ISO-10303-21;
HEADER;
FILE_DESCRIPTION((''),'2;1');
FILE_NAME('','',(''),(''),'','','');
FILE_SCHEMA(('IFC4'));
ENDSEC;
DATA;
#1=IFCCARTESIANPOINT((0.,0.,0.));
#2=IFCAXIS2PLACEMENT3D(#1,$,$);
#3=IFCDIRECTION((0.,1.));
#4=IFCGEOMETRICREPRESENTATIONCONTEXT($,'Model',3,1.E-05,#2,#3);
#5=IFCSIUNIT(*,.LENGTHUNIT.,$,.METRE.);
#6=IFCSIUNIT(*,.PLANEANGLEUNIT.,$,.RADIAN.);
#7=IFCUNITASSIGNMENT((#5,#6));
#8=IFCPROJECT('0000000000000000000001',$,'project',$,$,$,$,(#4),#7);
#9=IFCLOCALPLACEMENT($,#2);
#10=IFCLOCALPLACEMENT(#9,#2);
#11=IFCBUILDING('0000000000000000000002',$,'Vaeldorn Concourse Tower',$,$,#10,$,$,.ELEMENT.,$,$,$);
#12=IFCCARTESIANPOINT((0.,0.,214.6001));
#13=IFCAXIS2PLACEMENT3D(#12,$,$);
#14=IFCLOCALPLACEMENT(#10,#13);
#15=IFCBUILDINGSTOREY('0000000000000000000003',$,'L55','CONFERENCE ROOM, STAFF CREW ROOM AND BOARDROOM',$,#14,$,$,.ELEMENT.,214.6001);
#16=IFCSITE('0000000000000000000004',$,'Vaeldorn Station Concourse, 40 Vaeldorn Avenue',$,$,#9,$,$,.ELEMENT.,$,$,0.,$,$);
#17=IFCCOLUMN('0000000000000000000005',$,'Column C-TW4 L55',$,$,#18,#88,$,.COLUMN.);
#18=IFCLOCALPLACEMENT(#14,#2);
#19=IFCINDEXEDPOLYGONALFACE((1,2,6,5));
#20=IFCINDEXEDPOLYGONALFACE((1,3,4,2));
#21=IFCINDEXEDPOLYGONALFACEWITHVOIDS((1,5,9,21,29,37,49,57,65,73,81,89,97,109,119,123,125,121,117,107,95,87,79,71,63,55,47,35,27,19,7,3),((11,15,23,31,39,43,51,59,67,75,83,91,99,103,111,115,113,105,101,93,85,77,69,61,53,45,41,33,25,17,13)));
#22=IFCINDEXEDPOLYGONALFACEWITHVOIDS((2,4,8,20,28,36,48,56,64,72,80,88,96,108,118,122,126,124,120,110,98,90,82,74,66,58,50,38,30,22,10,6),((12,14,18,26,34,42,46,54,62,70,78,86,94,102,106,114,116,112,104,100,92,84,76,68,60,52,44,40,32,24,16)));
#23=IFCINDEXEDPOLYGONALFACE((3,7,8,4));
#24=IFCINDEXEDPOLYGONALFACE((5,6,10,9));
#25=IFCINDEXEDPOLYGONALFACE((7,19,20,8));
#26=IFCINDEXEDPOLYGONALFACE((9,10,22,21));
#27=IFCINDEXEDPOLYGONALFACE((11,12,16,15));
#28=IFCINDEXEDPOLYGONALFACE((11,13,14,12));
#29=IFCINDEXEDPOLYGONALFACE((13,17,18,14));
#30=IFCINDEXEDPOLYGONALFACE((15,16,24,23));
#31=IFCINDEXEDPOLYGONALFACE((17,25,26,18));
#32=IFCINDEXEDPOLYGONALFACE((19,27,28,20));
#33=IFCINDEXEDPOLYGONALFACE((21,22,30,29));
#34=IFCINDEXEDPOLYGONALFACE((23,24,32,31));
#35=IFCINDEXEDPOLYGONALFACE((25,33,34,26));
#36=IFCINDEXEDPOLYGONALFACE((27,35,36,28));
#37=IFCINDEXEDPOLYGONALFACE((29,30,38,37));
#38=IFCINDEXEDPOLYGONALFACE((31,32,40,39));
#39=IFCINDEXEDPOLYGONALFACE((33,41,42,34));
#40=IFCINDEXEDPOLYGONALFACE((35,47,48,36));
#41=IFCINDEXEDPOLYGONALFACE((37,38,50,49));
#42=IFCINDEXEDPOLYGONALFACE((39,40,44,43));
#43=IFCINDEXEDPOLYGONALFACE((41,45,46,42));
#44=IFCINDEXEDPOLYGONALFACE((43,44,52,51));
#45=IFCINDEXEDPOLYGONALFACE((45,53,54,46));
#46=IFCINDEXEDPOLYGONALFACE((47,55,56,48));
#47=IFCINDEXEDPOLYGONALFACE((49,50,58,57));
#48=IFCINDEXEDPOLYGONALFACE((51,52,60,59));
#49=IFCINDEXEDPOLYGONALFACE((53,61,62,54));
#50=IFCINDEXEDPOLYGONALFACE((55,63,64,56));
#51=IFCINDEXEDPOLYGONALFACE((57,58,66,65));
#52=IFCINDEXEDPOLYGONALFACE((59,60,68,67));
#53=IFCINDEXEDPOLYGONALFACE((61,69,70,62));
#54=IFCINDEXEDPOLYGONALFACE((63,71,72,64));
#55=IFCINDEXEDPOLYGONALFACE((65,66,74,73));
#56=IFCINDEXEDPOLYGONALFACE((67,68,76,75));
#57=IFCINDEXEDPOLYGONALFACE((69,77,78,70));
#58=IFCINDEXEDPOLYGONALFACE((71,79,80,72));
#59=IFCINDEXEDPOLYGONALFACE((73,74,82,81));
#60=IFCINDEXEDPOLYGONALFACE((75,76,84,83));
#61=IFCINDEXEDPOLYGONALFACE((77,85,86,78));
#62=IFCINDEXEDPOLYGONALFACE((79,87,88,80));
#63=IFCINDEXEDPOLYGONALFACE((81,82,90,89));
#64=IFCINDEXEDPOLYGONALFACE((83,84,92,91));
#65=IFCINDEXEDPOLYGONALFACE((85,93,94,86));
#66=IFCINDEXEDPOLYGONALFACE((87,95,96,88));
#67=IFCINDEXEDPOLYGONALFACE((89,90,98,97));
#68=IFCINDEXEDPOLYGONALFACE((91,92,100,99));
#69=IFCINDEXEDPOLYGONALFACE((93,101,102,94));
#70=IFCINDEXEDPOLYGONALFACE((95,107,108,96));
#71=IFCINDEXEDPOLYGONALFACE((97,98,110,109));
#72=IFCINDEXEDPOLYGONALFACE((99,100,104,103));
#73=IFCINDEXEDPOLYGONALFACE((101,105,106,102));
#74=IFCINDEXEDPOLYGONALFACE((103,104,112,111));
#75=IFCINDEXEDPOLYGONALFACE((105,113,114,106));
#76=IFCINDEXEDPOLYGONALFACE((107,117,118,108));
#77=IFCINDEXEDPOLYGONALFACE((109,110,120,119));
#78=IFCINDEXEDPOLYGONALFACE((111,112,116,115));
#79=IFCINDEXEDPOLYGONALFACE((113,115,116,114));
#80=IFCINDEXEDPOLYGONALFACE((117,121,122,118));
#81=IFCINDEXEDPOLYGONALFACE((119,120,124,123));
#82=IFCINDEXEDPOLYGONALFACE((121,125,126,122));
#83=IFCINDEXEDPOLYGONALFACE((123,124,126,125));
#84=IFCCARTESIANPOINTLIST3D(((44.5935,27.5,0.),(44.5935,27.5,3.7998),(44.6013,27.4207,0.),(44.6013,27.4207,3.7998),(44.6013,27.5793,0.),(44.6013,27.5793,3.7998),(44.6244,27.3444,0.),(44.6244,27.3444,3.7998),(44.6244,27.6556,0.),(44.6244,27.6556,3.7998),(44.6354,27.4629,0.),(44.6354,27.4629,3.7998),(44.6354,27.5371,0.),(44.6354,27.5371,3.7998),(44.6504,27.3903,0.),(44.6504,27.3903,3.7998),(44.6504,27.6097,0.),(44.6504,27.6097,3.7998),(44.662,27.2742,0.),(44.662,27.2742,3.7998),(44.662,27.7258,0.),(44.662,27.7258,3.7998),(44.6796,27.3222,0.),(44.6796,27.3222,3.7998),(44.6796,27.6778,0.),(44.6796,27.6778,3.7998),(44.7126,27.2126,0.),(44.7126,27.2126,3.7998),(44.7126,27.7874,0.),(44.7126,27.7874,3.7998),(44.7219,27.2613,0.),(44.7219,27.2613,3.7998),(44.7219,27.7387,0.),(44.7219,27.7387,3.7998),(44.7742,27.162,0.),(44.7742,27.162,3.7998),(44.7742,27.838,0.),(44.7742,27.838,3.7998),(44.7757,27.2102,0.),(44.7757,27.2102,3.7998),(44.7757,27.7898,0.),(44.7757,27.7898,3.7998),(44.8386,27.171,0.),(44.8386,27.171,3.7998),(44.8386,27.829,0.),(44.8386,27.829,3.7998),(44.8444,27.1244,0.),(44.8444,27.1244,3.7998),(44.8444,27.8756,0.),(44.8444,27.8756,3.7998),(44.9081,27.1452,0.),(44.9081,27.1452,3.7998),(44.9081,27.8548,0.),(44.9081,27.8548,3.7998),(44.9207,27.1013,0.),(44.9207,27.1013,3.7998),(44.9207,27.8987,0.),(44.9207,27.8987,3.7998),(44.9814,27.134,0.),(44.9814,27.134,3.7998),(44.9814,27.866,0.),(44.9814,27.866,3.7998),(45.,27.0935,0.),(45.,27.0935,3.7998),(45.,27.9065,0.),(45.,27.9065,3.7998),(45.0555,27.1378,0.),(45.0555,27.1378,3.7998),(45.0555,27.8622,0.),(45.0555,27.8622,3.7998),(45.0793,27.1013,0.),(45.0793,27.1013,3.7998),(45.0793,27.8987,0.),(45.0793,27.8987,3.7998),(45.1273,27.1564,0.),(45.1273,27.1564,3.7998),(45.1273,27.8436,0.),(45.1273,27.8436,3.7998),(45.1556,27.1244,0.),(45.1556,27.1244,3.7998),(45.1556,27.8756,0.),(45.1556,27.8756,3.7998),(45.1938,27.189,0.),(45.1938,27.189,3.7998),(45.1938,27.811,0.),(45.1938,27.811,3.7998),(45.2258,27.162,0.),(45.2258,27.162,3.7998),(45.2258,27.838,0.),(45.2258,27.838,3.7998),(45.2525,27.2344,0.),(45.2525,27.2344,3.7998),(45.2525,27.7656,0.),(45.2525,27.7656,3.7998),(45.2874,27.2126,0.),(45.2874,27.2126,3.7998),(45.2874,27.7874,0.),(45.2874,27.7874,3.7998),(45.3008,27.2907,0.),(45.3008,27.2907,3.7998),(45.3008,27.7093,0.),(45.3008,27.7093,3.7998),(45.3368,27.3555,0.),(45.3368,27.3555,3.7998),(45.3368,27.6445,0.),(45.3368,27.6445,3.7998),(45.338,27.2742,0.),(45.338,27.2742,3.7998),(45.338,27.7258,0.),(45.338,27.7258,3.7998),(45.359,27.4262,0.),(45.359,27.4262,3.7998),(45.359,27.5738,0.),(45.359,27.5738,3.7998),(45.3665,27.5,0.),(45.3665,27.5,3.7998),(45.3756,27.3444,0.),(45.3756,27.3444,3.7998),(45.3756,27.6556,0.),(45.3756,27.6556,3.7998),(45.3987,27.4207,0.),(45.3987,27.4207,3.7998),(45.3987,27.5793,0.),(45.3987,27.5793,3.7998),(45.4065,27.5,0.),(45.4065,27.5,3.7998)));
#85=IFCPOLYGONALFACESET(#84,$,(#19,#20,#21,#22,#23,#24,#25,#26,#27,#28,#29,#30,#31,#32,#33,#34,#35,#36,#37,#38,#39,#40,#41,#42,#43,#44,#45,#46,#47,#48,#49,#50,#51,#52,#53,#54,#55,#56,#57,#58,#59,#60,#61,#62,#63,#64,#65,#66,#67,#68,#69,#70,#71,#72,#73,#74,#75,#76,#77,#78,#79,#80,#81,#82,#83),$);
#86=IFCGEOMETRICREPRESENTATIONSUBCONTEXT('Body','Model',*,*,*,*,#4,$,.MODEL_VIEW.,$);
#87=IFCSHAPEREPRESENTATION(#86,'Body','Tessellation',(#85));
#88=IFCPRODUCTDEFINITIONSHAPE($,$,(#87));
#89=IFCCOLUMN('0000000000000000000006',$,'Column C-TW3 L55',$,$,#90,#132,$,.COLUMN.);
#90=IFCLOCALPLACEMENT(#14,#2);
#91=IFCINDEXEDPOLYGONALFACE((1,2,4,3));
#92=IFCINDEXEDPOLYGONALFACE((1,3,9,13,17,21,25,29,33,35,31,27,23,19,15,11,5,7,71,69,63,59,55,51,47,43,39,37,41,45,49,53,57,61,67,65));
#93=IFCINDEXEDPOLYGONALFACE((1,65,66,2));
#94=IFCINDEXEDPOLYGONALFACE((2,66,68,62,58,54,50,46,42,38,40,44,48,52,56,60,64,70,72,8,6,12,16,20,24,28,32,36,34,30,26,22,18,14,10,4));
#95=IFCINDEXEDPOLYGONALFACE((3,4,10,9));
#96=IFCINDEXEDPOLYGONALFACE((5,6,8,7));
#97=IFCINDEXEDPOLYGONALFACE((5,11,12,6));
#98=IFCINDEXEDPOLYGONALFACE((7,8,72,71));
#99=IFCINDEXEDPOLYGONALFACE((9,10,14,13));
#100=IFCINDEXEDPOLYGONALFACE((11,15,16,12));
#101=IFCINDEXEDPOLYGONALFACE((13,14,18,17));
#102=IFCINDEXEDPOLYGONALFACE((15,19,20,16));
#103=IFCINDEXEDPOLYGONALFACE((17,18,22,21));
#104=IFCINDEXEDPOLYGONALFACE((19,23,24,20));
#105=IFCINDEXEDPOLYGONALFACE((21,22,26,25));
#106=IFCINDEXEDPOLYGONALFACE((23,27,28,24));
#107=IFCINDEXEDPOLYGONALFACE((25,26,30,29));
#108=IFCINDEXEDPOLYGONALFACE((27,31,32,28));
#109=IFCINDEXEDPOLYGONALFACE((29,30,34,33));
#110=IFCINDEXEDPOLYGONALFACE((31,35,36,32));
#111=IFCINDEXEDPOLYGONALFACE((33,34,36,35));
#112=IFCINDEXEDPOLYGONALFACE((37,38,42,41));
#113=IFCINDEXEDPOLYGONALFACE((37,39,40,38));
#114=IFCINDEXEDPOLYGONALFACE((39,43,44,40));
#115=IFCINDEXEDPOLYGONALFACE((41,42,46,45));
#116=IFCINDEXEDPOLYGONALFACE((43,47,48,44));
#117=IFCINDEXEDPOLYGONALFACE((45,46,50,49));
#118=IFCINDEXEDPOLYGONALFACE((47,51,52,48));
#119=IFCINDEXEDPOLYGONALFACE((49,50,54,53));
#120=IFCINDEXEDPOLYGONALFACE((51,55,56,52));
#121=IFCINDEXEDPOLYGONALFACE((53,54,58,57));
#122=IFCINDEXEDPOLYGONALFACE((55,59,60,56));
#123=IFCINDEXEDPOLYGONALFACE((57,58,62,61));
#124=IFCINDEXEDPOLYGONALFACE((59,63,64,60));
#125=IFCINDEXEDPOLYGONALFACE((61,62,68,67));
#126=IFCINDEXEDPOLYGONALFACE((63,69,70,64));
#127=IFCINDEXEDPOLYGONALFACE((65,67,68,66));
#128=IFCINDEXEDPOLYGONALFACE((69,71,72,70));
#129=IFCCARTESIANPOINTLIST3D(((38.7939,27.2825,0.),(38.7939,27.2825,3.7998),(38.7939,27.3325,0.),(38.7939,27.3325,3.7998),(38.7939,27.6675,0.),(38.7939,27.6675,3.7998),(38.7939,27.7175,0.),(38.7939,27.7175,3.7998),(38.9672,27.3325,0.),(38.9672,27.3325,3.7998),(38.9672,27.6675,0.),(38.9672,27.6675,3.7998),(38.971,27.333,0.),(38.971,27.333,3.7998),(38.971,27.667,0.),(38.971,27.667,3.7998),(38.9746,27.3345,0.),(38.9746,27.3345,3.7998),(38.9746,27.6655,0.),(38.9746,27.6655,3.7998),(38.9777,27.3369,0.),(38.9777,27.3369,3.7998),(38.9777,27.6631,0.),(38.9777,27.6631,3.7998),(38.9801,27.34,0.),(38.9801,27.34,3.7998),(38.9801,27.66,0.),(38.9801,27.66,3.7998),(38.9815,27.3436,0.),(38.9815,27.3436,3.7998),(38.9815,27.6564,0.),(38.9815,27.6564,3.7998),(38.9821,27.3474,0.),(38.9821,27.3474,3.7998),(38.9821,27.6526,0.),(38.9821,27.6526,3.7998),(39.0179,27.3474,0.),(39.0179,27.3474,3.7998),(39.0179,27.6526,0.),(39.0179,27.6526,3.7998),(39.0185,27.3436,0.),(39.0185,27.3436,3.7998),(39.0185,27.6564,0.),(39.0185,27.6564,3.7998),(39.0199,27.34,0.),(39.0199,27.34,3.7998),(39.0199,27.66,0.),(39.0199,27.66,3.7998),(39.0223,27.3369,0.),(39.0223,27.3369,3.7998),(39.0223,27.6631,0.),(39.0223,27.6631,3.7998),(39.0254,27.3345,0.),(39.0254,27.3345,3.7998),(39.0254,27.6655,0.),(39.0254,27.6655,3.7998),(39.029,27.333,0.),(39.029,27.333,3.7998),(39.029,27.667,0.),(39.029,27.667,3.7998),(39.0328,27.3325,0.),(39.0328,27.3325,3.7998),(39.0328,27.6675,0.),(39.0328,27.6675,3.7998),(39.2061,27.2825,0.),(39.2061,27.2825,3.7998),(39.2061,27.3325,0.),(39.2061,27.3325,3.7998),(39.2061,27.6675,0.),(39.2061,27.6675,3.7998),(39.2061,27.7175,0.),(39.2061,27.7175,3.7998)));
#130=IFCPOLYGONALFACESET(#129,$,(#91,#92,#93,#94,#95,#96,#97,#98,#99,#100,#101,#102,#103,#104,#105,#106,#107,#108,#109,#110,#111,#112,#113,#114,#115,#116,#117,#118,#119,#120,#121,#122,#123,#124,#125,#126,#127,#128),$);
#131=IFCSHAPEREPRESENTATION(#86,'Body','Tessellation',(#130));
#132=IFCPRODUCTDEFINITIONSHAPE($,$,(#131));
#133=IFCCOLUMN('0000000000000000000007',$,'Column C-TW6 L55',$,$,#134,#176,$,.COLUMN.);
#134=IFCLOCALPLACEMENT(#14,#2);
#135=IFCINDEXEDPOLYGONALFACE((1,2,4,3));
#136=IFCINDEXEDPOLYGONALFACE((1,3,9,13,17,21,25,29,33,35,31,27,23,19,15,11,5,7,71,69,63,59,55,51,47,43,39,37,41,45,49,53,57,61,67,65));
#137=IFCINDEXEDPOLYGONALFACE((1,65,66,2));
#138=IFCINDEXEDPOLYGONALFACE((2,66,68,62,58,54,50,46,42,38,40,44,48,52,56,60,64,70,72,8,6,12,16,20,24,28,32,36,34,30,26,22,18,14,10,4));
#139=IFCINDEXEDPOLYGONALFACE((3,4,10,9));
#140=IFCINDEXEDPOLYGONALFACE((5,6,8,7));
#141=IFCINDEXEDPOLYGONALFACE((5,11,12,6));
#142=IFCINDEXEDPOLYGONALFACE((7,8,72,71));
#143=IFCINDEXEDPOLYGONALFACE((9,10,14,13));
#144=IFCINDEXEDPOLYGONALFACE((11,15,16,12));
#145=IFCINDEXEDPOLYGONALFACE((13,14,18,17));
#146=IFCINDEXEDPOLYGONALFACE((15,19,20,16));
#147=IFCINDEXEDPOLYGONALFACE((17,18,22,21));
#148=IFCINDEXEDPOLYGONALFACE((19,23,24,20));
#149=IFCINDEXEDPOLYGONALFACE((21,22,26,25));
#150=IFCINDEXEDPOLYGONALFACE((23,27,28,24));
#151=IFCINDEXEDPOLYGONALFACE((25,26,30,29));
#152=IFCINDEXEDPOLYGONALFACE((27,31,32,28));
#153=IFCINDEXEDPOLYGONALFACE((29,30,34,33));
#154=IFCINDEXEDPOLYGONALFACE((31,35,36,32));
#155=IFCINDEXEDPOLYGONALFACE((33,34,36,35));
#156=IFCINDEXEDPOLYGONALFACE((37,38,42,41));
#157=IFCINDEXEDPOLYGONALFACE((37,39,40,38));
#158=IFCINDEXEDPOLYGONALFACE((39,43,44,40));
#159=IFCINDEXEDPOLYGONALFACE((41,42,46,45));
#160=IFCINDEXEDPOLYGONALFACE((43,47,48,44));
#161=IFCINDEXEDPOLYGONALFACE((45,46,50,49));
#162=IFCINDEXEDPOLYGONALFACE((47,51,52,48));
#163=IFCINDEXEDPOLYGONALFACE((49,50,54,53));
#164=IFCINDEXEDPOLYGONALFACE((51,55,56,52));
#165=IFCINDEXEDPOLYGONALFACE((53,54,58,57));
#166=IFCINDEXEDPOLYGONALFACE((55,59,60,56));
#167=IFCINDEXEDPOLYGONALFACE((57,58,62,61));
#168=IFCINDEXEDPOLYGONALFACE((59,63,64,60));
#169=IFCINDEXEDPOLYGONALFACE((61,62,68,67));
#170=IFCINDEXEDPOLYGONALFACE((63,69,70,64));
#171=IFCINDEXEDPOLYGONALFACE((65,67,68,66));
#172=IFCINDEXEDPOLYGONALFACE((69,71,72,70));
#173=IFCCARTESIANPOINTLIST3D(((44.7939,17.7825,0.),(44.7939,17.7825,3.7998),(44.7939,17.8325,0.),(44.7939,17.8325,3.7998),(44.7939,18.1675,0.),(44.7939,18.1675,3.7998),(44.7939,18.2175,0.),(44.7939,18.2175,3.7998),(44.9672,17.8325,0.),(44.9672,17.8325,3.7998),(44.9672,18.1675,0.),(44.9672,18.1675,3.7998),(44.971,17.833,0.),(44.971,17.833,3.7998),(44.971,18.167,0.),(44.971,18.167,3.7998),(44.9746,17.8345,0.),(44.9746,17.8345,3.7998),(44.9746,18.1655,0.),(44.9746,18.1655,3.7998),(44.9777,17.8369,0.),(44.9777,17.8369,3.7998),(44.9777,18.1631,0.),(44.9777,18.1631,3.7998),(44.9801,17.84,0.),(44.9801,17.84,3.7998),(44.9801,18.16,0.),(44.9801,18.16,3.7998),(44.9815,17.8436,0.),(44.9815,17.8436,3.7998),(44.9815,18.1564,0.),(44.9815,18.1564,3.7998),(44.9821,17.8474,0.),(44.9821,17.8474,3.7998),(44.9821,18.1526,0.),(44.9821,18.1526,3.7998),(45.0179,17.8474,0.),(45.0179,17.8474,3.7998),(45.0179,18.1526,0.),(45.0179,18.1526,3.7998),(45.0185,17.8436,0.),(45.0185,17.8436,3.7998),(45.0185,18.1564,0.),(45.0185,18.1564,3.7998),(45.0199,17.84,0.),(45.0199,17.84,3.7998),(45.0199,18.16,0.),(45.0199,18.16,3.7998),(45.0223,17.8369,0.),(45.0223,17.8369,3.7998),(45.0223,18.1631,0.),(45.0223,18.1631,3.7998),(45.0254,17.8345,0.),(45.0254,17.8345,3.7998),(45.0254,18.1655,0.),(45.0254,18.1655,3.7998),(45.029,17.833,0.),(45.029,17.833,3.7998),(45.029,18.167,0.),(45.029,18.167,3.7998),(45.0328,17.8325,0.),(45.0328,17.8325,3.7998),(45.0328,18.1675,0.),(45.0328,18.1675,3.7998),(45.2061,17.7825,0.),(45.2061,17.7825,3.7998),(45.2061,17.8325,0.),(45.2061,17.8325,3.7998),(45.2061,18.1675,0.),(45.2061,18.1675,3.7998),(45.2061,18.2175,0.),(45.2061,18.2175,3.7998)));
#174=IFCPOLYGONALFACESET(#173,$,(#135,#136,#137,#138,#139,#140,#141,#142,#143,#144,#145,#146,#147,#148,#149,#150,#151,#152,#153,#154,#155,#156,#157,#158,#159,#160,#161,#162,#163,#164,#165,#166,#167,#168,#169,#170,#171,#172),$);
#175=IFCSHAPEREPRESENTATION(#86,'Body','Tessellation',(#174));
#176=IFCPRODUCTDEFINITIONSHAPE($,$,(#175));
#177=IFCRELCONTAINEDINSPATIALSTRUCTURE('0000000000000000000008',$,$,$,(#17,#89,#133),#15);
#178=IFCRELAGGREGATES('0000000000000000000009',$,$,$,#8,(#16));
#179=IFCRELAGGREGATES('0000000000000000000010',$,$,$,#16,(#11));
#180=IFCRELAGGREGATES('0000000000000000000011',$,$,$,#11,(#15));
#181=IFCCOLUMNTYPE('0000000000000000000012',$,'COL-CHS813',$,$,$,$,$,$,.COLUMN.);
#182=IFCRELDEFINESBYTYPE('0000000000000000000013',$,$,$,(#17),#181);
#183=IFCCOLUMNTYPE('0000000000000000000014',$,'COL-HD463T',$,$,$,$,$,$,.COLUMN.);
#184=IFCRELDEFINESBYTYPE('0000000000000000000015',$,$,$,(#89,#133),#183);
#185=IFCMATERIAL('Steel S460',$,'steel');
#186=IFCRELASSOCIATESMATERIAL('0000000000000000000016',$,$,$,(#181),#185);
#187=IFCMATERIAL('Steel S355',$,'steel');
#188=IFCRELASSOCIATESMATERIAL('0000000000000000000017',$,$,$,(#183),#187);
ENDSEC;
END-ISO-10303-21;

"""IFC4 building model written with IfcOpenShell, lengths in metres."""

from ifc_helpers import new_model, si_unit, direction, frame, origin, origin_2d, place, context, subcontext, project, spatial, hollow_circle, i_section, extrude, source, transform, mapped, material, material_profile, profile_set, type_object, element, save


model = new_model("IFC4")

# Units and contexts
model_context = context("Model", 3, precision=1e-05, world=origin(), true_north=direction((0.0, 1.0)))
body_context = subcontext(model_context, "Body", "Model", "MODEL_VIEW")
ifc_project = project(units=[si_unit("LENGTHUNIT", "METRE"), si_unit("PLANEANGLEUNIT", "RADIAN")], contexts=[model_context])

# Site, building, storey
site_placement = place(None, origin())
site = spatial("IfcSite", under=ifc_project, at=site_placement, Name="Vaeldorn Station Concourse, 40 Vaeldorn Avenue", CompositionType="ELEMENT", RefElevation=0.0)
building_placement = place(site_placement, origin())
building = spatial("IfcBuilding", under=site, at=building_placement, Name="Vaeldorn Concourse Tower", CompositionType="ELEMENT")
storey_placement = place(building_placement, frame((0.0, 0.0, 214.6001)))
storey = spatial("IfcBuildingStorey", under=building, at=storey_placement, Name="L55", Description="CONFERENCE ROOM, STAFF CREW ROOM AND BOARDROOM", CompositionType="ELEMENT", Elevation=214.6001)

# Columns
ifc_material_1 = material(Name="Steel S460", Category="steel")
ifc_material_profile_1 = material_profile(ifc_material_1, hollow_circle(Radius=0.4065, WallThickness=0.04, at=origin_2d()), Name="CHS 813x40")
ifc_profile_set_1 = profile_set([ifc_material_profile_1], Name="Steel S460")
column_type_1 = type_object("IfcColumnType", Name="COL-CHS813", PredefinedType="COLUMN", material=ifc_profile_set_1)
shared_shape_1 = source(origin(), body_context, "Body", "SweptSolid", [
    extrude(hollow_circle(Radius=0.4065, WallThickness=0.04, at=origin_2d()), origin(), (0.0, 0.0, 1.0), 3.7998),
])
column_placement = place(storey_placement, frame((45.0, 27.5, 0.0), z_axis=(0.0, 0.0, 1.0), x_axis=(1.0, 0.0, 0.0)))
element("IfcColumn", 1, at=column_placement, inside=storey, type_object=column_type_1, Name="Column C-TW4 L55", PredefinedType="COLUMN", context=body_context, shape_type="MappedRepresentation", body=[
    mapped(shared_shape_1, transform((0.0, 0.0, 0.0), scale=1.0)),
])
ifc_material_2 = material(Name="Steel S355", Category="steel")
ifc_material_profile_2 = material_profile(ifc_material_2, i_section(OverallWidth=0.4121, OverallDepth=0.4351, WebThickness=0.0359, FlangeThickness=0.05, FilletRadius=0.0149, at=origin_2d()), Name="HD 400x463")
ifc_profile_set_2 = profile_set([ifc_material_profile_2], Name="Steel S355")
column_type_2 = type_object("IfcColumnType", Name="COL-HD463T", PredefinedType="COLUMN", material=ifc_profile_set_2)
shared_shape_2 = source(origin(), body_context, "Body", "SweptSolid", [
    extrude(i_section(OverallWidth=0.4121, OverallDepth=0.4351, WebThickness=0.0359, FlangeThickness=0.05, FilletRadius=0.0149, at=origin_2d()), origin(), (0.0, 0.0, 1.0), 3.7998),
])
for number, where, z_axis, x_axis, name in (
    (2, (39.0, 27.5, 0.0), (0.0, 0.0, 1.0), (1.0, 0.0, 0.0), "Column C-TW3 L55"),
    (3, (45.0, 18.0, 0.0), (0.0, 0.0, 1.0), (1.0, 0.0, 0.0), "Column C-TW6 L55"),
):
    element("IfcColumn", number, at=place(storey_placement, frame(where, z_axis=z_axis, x_axis=x_axis)), inside=storey, type_object=column_type_2, Name=name, PredefinedType="COLUMN", context=body_context, shape_type="MappedRepresentation", body=[
        mapped(shared_shape_2, transform((0.0, 0.0, 0.0), scale=1.0)),
    ])

save(model, "model.ifc")
